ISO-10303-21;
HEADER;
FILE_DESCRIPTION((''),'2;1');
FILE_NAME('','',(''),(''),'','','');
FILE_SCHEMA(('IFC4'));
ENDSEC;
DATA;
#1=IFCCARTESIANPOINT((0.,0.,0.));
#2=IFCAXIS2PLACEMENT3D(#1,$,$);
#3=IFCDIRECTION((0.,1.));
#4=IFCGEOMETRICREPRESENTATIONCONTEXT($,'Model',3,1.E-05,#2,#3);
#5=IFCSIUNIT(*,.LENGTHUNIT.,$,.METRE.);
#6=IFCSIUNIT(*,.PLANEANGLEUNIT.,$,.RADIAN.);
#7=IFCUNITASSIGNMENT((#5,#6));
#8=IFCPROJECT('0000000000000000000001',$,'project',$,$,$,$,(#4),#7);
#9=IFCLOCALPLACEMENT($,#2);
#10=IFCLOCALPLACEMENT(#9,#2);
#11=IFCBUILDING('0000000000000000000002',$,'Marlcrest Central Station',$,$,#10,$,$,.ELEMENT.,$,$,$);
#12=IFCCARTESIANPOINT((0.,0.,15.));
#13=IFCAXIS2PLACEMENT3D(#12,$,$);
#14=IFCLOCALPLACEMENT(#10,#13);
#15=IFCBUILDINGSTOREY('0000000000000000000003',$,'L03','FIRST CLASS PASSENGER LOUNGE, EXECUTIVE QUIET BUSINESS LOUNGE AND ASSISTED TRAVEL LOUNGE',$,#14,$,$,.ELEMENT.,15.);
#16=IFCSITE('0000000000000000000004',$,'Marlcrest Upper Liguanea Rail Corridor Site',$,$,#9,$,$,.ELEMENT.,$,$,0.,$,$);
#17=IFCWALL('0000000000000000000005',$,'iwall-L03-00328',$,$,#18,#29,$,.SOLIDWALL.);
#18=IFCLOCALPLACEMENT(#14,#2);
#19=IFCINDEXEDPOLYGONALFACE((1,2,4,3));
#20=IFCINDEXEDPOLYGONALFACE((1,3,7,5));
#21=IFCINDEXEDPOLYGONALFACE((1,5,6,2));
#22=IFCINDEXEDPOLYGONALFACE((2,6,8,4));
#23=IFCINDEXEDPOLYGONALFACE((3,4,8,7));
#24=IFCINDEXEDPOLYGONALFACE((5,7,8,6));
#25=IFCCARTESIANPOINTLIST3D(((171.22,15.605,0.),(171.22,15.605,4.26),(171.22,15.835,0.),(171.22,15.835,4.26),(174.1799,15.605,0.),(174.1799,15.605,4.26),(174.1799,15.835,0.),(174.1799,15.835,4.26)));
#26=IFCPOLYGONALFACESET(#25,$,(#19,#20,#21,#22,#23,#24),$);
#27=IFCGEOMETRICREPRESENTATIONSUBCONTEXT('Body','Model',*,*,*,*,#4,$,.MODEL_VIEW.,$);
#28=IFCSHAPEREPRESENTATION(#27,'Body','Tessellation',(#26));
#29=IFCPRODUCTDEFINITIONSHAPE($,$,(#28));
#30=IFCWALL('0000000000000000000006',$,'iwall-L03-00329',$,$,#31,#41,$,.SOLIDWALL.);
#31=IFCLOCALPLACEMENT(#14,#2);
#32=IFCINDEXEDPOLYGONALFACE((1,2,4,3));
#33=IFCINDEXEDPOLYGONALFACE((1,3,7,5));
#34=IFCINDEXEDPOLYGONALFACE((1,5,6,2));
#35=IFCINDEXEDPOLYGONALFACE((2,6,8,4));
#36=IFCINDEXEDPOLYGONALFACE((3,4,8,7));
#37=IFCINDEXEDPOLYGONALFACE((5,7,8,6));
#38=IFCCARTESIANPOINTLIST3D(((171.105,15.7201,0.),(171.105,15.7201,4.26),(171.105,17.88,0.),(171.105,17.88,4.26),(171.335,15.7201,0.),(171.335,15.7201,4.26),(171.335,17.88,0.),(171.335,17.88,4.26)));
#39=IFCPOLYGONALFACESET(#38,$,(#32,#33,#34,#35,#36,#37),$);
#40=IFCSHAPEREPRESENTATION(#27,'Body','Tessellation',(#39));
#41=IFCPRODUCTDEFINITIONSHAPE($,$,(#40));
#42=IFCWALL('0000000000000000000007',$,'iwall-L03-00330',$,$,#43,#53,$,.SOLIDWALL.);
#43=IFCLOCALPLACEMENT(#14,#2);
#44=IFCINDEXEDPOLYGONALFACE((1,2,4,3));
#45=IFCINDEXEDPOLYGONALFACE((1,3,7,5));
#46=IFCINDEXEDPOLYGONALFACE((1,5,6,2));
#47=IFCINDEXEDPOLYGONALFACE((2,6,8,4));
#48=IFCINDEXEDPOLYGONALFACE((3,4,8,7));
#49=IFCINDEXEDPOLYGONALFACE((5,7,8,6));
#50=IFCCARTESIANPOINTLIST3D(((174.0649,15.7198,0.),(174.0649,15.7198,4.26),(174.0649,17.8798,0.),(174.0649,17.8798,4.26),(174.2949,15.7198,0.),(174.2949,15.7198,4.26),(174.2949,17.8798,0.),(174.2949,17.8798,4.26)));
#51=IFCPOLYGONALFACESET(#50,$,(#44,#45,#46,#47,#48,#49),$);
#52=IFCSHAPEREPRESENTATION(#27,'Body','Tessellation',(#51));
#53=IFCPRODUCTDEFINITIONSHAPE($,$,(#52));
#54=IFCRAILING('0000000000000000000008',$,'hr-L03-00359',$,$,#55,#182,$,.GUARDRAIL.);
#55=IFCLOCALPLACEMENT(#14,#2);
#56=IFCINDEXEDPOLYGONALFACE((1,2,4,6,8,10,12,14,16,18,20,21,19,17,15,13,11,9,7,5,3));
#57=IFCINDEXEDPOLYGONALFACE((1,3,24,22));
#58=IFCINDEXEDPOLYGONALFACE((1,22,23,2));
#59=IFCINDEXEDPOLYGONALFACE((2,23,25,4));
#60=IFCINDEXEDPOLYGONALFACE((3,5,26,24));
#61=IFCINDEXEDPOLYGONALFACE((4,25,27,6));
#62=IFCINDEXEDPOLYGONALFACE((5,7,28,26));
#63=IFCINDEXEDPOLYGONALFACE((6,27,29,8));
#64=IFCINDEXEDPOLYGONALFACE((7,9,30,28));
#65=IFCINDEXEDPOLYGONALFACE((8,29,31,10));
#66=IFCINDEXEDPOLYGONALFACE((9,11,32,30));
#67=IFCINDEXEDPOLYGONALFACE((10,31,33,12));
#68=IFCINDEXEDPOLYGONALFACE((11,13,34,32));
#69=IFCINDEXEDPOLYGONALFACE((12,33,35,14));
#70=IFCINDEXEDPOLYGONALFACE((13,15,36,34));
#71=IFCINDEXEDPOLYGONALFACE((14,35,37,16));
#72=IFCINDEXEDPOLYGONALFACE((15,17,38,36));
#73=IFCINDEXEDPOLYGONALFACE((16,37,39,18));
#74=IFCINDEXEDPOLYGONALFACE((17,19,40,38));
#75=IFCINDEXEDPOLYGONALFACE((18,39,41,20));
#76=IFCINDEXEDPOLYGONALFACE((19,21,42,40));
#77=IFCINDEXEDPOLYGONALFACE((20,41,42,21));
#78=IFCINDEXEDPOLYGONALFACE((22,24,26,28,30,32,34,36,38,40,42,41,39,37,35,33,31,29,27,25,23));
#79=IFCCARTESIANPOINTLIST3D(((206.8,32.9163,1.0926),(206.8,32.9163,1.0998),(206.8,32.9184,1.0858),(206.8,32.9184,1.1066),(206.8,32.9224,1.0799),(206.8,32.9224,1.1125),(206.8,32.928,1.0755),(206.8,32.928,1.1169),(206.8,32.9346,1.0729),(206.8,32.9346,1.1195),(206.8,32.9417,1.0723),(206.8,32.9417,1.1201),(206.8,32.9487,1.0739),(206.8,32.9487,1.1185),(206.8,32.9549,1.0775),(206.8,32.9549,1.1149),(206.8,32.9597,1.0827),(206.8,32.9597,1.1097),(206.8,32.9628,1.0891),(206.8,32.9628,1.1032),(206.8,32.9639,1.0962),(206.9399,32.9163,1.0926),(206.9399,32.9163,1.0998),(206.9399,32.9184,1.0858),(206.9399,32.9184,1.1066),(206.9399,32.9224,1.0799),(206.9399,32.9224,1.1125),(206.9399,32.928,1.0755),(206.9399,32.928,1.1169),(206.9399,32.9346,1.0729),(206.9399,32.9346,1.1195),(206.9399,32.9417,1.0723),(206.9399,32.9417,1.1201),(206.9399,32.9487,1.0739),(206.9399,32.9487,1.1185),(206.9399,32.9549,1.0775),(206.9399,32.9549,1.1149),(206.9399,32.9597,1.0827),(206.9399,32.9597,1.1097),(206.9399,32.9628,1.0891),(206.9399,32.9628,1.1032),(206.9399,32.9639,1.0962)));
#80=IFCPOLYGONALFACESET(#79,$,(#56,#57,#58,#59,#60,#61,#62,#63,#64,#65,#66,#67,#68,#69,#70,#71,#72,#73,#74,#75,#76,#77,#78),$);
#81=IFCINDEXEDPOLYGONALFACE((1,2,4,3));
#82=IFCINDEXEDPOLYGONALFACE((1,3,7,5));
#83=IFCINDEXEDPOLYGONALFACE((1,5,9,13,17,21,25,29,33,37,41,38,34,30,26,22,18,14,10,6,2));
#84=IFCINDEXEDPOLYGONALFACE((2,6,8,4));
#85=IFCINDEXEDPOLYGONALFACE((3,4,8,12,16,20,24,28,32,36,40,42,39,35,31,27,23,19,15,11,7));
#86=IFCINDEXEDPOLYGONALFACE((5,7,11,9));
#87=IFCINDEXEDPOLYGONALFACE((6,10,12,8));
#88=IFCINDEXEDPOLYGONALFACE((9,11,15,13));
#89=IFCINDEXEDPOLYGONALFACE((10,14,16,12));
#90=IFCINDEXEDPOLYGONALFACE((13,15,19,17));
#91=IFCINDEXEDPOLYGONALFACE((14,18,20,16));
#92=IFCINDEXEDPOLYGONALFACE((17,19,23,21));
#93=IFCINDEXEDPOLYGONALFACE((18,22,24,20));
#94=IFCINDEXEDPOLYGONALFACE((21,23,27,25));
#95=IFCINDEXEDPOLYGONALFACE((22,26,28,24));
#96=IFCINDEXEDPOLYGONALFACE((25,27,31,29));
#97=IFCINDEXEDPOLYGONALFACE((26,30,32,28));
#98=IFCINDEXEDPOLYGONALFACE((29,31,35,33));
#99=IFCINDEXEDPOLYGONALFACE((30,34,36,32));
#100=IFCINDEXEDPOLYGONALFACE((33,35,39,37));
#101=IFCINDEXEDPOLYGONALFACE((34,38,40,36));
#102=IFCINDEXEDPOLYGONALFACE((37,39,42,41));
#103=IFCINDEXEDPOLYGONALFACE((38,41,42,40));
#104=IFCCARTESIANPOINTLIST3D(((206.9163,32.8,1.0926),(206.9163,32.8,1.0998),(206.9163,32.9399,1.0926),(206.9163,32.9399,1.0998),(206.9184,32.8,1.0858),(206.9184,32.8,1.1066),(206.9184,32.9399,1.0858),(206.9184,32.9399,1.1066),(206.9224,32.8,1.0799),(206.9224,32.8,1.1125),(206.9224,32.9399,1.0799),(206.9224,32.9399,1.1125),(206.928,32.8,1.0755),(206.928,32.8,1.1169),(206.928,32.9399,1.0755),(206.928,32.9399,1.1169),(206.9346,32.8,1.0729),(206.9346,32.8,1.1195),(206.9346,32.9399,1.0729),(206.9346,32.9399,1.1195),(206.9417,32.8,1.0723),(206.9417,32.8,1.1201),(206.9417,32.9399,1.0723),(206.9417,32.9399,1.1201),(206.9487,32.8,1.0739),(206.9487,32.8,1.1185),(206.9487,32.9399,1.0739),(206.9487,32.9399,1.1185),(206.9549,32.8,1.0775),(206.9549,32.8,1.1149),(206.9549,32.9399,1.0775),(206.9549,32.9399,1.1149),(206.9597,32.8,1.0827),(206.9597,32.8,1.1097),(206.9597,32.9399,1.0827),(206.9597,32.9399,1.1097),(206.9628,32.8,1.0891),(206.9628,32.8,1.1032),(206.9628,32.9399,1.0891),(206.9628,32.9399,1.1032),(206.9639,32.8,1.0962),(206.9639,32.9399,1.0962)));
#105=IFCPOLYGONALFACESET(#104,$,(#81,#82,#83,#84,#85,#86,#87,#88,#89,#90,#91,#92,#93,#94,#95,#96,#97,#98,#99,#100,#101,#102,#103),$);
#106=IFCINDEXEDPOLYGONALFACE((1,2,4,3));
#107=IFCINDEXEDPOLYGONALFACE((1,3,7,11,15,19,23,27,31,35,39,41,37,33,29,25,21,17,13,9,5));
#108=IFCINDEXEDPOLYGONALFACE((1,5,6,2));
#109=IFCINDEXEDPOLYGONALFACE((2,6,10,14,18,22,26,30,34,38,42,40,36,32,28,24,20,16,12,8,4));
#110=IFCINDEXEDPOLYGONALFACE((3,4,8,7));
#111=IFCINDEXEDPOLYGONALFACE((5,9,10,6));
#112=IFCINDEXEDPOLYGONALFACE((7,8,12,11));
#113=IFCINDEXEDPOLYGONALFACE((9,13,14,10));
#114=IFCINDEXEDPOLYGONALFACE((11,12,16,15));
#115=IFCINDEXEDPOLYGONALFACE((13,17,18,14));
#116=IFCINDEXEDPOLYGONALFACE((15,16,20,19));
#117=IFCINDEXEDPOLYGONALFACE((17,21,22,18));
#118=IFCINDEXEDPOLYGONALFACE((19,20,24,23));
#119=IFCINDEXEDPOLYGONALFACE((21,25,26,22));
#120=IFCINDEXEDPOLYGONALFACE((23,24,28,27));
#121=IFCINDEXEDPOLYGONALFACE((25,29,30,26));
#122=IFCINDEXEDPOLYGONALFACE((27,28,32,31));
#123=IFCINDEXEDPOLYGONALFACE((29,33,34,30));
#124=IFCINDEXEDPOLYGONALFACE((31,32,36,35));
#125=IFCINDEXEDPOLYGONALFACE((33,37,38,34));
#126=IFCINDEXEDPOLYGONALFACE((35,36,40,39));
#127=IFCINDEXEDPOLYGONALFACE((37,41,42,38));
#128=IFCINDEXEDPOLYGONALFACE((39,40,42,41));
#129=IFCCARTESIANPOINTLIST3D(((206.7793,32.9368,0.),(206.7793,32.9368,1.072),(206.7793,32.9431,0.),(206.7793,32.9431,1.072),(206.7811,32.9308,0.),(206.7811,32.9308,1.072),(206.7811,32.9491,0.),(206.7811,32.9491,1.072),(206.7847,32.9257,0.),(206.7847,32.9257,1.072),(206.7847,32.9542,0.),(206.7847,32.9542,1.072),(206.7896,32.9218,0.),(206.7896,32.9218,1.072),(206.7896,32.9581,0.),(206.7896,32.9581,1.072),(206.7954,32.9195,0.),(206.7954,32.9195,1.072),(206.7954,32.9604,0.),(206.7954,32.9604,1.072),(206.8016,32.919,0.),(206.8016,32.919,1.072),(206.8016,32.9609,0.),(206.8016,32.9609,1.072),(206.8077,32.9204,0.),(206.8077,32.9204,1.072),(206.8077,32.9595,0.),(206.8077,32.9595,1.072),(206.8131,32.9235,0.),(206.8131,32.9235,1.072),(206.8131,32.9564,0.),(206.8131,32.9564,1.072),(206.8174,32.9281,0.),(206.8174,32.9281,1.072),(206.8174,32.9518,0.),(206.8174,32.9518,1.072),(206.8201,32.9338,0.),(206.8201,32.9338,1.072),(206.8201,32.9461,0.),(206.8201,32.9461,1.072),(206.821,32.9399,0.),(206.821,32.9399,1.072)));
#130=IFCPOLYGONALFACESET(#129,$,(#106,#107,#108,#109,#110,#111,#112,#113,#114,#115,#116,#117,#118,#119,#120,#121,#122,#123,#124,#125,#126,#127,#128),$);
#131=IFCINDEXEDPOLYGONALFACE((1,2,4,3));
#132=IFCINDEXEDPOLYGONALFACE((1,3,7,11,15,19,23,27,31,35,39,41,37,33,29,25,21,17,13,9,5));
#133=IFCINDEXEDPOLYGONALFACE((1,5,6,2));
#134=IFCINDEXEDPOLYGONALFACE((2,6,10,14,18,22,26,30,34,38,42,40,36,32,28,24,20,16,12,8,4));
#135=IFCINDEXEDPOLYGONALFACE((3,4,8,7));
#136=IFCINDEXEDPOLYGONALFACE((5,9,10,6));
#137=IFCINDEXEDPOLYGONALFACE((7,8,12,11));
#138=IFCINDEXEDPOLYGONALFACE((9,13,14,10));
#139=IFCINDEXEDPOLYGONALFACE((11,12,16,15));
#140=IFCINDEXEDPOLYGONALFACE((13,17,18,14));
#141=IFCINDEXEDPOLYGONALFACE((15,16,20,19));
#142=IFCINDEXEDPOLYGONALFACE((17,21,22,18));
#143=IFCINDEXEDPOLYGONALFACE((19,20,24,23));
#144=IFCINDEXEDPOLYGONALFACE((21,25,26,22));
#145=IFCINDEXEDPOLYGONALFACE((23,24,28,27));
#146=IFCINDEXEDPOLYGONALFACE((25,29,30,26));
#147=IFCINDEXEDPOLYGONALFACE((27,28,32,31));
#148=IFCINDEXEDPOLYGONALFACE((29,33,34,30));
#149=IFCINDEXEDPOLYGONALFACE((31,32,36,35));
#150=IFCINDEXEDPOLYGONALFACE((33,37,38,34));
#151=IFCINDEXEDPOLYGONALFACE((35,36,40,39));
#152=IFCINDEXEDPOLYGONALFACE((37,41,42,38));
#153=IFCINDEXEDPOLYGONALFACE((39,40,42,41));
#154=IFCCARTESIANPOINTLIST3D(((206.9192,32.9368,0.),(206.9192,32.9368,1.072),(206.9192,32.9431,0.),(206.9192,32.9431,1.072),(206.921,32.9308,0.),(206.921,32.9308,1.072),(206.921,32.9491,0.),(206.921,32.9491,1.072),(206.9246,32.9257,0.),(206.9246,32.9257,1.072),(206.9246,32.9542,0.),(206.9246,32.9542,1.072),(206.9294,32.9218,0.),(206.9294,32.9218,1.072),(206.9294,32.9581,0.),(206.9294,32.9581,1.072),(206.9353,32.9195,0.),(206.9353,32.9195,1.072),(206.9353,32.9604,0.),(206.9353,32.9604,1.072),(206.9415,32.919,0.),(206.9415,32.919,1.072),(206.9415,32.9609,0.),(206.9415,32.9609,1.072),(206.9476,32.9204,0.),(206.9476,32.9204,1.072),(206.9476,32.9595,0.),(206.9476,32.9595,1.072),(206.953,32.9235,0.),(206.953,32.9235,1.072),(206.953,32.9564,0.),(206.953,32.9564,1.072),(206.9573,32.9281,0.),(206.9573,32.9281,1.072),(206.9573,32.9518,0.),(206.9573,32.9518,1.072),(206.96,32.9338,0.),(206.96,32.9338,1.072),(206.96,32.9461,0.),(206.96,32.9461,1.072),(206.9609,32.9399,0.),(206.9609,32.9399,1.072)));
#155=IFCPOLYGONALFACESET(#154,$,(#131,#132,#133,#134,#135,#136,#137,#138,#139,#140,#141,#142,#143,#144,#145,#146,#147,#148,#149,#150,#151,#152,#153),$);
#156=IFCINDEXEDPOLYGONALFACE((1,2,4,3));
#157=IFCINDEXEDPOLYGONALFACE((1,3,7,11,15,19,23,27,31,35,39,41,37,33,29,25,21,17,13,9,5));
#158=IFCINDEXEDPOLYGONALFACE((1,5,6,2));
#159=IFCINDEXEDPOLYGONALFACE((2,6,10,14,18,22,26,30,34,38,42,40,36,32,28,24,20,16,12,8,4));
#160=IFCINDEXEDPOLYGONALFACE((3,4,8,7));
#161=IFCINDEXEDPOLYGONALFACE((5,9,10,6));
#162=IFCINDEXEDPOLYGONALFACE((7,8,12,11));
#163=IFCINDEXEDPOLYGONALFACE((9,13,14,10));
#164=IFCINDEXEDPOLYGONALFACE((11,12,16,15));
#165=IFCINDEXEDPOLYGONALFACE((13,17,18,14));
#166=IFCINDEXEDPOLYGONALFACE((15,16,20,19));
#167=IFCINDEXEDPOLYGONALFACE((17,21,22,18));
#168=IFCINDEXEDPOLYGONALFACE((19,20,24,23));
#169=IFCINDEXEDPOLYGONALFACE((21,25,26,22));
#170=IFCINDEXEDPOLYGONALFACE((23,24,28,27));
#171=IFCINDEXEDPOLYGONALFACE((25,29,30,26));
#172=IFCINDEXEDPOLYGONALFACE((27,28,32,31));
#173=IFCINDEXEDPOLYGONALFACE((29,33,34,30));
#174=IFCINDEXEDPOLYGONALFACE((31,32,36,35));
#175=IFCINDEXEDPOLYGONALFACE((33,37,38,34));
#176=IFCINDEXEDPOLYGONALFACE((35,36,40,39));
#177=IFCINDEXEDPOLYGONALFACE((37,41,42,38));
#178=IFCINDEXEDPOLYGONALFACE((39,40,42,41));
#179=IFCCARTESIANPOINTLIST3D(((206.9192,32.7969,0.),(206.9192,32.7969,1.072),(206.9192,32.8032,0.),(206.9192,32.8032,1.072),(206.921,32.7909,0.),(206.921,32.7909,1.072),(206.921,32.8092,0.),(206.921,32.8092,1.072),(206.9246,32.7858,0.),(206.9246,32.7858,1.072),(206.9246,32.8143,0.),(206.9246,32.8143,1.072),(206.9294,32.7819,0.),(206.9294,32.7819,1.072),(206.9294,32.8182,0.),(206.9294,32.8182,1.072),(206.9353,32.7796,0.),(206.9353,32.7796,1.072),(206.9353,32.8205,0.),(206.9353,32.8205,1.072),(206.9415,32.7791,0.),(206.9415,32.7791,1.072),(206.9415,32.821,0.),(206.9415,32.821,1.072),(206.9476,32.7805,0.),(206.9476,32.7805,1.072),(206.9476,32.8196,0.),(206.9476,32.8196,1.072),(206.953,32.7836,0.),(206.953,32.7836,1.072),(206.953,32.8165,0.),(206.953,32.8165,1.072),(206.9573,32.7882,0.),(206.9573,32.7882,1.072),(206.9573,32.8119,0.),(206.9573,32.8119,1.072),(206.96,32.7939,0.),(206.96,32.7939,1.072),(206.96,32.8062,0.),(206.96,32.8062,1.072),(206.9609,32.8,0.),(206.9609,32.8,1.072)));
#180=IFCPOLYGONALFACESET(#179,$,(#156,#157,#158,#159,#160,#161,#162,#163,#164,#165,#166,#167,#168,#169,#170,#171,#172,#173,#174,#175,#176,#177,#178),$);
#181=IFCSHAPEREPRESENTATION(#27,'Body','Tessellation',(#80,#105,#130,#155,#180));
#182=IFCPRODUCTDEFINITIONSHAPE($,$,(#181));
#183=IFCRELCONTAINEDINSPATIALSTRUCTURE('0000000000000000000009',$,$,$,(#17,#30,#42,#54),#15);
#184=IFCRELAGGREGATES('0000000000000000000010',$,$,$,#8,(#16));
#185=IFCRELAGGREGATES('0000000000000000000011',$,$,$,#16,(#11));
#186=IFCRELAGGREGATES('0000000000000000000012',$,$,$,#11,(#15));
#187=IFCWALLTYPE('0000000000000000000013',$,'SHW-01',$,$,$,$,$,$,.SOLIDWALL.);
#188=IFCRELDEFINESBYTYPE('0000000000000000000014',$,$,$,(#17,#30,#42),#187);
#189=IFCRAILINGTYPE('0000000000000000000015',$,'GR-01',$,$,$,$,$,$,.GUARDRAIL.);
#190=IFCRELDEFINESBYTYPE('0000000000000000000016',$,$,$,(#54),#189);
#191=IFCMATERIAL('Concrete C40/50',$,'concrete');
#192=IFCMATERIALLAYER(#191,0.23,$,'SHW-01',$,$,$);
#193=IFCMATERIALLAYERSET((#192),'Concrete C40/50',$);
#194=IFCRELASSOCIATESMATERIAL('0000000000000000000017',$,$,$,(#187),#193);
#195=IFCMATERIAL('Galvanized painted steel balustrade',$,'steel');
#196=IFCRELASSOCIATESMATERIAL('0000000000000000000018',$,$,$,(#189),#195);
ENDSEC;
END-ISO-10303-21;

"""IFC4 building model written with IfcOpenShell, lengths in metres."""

from ifc_helpers import new_model, si_unit, direction, frame, frame_2d, origin, origin_2d, place, context, subcontext, project, spatial, rectangle, circle, extrude, material, layer, layer_set, type_object, element, save


model = new_model("IFC4")

# Units and contexts
model_context = context("Model", 3, precision=1e-05, world=origin(), true_north=direction((0.0, 1.0)))
body_context = subcontext(model_context, "Body", "Model", "MODEL_VIEW")
ifc_project = project(units=[si_unit("LENGTHUNIT", "METRE"), si_unit("PLANEANGLEUNIT", "RADIAN")], contexts=[model_context])

# Site, building, storey
site_placement = place(None, origin())
site = spatial("IfcSite", under=ifc_project, at=site_placement, Name="Marlcrest Upper Liguanea Rail Corridor Site", CompositionType="ELEMENT", RefElevation=0.0)
building_placement = place(site_placement, origin())
building = spatial("IfcBuilding", under=site, at=building_placement, Name="Marlcrest Central Station", CompositionType="ELEMENT")
storey_placement = place(building_placement, frame((0.0, 0.0, 15.0)))
storey = spatial("IfcBuildingStorey", under=building, at=storey_placement, Name="L03", Description="FIRST CLASS PASSENGER LOUNGE, EXECUTIVE QUIET BUSINESS LOUNGE AND ASSISTED TRAVEL LOUNGE", CompositionType="ELEMENT", Elevation=15.0)

# Shared definitions
ifc_material_1 = material(Name="Concrete C40/50", Category="concrete")
ifc_layer_1 = layer(ifc_material_1, 0.23, Name="SHW-01")
ifc_layer_set_1 = layer_set([ifc_layer_1], Name="Concrete C40/50")
wall_type_1 = type_object("IfcWallType", Name="SHW-01", PredefinedType="SOLIDWALL", material=ifc_layer_set_1)

# Walls
wall_1_placement = place(storey_placement, frame((174.1799, 15.72, 0.0), z_axis=(0.0, 0.0, 1.0), x_axis=(-1.0, 0.0, 0.0)))
element("IfcWall", 1, at=wall_1_placement, inside=storey, type_object=wall_type_1, Name="iwall-L03-00328", PredefinedType="SOLIDWALL", context=body_context, shape_type="SweptSolid", body=[
    extrude(rectangle(XDim=2.96, YDim=0.23, at=frame_2d((1.48, 0.0))), origin(), (0.0, 0.0, 1.0), 4.26),
])
for number, where, z_axis, x_axis, name in (
    (2, (171.22, 15.72, 0.0), (0.0, 0.0, 1.0), (0.0, 1.0, 0.0), "iwall-L03-00329"),
    (3, (174.1799, 17.8799, 0.0), (0.0, 0.0, 1.0), (0.0, -1.0, 0.0), "iwall-L03-00330"),
):
    element("IfcWall", number, at=place(storey_placement, frame(where, z_axis=z_axis, x_axis=x_axis)), inside=storey, type_object=wall_type_1, Name=name, PredefinedType="SOLIDWALL", context=body_context, shape_type="SweptSolid", body=[
        extrude(rectangle(XDim=2.1599, YDim=0.23, at=frame_2d((1.0801, 0.0))), origin(), (0.0, 0.0, 1.0), 4.26),
    ])

# Railing
ifc_material_2 = material(Name="Galvanized painted steel balustrade", Category="steel")
railing_type = type_object("IfcRailingType", Name="GR-01", PredefinedType="GUARDRAIL", material=ifc_material_2)
railing_1_placement = place(storey_placement, frame((206.8, 32.9399, 0.0)))
element("IfcRailing", 4, at=railing_1_placement, inside=storey, type_object=railing_type, Name="hr-L03-00359", PredefinedType="GUARDRAIL", context=body_context, shape_type="SweptSolid", body=[
    extrude(circle(Radius=0.0239, at=origin_2d()), frame((0.0, 0.0, 1.0962), z_axis=(1.0, 0.0, 0.0), x_axis=(0.0, 1.0, 0.0)), (0.0, 0.0, 1.0), 0.1399),
    extrude(circle(Radius=0.0239, at=origin_2d()), frame((0.1399, 0.0, 1.0962), z_axis=(0.0, -1.0, 0.0), x_axis=(1.0, 0.0, 0.0)), (0.0, 0.0, 1.0), 0.1399),
    extrude(circle(Radius=0.021, at=origin_2d()), origin(), (0.0, 0.0, 1.0), 1.072),
    extrude(circle(Radius=0.021, at=origin_2d()), frame((0.1399, 0.0, 0.0)), (0.0, 0.0, 1.0), 1.072),
    extrude(circle(Radius=0.021, at=origin_2d()), frame((0.1399, -0.1399, 0.0)), (0.0, 0.0, 1.0), 1.072),
])

save(model, "model.ifc")
